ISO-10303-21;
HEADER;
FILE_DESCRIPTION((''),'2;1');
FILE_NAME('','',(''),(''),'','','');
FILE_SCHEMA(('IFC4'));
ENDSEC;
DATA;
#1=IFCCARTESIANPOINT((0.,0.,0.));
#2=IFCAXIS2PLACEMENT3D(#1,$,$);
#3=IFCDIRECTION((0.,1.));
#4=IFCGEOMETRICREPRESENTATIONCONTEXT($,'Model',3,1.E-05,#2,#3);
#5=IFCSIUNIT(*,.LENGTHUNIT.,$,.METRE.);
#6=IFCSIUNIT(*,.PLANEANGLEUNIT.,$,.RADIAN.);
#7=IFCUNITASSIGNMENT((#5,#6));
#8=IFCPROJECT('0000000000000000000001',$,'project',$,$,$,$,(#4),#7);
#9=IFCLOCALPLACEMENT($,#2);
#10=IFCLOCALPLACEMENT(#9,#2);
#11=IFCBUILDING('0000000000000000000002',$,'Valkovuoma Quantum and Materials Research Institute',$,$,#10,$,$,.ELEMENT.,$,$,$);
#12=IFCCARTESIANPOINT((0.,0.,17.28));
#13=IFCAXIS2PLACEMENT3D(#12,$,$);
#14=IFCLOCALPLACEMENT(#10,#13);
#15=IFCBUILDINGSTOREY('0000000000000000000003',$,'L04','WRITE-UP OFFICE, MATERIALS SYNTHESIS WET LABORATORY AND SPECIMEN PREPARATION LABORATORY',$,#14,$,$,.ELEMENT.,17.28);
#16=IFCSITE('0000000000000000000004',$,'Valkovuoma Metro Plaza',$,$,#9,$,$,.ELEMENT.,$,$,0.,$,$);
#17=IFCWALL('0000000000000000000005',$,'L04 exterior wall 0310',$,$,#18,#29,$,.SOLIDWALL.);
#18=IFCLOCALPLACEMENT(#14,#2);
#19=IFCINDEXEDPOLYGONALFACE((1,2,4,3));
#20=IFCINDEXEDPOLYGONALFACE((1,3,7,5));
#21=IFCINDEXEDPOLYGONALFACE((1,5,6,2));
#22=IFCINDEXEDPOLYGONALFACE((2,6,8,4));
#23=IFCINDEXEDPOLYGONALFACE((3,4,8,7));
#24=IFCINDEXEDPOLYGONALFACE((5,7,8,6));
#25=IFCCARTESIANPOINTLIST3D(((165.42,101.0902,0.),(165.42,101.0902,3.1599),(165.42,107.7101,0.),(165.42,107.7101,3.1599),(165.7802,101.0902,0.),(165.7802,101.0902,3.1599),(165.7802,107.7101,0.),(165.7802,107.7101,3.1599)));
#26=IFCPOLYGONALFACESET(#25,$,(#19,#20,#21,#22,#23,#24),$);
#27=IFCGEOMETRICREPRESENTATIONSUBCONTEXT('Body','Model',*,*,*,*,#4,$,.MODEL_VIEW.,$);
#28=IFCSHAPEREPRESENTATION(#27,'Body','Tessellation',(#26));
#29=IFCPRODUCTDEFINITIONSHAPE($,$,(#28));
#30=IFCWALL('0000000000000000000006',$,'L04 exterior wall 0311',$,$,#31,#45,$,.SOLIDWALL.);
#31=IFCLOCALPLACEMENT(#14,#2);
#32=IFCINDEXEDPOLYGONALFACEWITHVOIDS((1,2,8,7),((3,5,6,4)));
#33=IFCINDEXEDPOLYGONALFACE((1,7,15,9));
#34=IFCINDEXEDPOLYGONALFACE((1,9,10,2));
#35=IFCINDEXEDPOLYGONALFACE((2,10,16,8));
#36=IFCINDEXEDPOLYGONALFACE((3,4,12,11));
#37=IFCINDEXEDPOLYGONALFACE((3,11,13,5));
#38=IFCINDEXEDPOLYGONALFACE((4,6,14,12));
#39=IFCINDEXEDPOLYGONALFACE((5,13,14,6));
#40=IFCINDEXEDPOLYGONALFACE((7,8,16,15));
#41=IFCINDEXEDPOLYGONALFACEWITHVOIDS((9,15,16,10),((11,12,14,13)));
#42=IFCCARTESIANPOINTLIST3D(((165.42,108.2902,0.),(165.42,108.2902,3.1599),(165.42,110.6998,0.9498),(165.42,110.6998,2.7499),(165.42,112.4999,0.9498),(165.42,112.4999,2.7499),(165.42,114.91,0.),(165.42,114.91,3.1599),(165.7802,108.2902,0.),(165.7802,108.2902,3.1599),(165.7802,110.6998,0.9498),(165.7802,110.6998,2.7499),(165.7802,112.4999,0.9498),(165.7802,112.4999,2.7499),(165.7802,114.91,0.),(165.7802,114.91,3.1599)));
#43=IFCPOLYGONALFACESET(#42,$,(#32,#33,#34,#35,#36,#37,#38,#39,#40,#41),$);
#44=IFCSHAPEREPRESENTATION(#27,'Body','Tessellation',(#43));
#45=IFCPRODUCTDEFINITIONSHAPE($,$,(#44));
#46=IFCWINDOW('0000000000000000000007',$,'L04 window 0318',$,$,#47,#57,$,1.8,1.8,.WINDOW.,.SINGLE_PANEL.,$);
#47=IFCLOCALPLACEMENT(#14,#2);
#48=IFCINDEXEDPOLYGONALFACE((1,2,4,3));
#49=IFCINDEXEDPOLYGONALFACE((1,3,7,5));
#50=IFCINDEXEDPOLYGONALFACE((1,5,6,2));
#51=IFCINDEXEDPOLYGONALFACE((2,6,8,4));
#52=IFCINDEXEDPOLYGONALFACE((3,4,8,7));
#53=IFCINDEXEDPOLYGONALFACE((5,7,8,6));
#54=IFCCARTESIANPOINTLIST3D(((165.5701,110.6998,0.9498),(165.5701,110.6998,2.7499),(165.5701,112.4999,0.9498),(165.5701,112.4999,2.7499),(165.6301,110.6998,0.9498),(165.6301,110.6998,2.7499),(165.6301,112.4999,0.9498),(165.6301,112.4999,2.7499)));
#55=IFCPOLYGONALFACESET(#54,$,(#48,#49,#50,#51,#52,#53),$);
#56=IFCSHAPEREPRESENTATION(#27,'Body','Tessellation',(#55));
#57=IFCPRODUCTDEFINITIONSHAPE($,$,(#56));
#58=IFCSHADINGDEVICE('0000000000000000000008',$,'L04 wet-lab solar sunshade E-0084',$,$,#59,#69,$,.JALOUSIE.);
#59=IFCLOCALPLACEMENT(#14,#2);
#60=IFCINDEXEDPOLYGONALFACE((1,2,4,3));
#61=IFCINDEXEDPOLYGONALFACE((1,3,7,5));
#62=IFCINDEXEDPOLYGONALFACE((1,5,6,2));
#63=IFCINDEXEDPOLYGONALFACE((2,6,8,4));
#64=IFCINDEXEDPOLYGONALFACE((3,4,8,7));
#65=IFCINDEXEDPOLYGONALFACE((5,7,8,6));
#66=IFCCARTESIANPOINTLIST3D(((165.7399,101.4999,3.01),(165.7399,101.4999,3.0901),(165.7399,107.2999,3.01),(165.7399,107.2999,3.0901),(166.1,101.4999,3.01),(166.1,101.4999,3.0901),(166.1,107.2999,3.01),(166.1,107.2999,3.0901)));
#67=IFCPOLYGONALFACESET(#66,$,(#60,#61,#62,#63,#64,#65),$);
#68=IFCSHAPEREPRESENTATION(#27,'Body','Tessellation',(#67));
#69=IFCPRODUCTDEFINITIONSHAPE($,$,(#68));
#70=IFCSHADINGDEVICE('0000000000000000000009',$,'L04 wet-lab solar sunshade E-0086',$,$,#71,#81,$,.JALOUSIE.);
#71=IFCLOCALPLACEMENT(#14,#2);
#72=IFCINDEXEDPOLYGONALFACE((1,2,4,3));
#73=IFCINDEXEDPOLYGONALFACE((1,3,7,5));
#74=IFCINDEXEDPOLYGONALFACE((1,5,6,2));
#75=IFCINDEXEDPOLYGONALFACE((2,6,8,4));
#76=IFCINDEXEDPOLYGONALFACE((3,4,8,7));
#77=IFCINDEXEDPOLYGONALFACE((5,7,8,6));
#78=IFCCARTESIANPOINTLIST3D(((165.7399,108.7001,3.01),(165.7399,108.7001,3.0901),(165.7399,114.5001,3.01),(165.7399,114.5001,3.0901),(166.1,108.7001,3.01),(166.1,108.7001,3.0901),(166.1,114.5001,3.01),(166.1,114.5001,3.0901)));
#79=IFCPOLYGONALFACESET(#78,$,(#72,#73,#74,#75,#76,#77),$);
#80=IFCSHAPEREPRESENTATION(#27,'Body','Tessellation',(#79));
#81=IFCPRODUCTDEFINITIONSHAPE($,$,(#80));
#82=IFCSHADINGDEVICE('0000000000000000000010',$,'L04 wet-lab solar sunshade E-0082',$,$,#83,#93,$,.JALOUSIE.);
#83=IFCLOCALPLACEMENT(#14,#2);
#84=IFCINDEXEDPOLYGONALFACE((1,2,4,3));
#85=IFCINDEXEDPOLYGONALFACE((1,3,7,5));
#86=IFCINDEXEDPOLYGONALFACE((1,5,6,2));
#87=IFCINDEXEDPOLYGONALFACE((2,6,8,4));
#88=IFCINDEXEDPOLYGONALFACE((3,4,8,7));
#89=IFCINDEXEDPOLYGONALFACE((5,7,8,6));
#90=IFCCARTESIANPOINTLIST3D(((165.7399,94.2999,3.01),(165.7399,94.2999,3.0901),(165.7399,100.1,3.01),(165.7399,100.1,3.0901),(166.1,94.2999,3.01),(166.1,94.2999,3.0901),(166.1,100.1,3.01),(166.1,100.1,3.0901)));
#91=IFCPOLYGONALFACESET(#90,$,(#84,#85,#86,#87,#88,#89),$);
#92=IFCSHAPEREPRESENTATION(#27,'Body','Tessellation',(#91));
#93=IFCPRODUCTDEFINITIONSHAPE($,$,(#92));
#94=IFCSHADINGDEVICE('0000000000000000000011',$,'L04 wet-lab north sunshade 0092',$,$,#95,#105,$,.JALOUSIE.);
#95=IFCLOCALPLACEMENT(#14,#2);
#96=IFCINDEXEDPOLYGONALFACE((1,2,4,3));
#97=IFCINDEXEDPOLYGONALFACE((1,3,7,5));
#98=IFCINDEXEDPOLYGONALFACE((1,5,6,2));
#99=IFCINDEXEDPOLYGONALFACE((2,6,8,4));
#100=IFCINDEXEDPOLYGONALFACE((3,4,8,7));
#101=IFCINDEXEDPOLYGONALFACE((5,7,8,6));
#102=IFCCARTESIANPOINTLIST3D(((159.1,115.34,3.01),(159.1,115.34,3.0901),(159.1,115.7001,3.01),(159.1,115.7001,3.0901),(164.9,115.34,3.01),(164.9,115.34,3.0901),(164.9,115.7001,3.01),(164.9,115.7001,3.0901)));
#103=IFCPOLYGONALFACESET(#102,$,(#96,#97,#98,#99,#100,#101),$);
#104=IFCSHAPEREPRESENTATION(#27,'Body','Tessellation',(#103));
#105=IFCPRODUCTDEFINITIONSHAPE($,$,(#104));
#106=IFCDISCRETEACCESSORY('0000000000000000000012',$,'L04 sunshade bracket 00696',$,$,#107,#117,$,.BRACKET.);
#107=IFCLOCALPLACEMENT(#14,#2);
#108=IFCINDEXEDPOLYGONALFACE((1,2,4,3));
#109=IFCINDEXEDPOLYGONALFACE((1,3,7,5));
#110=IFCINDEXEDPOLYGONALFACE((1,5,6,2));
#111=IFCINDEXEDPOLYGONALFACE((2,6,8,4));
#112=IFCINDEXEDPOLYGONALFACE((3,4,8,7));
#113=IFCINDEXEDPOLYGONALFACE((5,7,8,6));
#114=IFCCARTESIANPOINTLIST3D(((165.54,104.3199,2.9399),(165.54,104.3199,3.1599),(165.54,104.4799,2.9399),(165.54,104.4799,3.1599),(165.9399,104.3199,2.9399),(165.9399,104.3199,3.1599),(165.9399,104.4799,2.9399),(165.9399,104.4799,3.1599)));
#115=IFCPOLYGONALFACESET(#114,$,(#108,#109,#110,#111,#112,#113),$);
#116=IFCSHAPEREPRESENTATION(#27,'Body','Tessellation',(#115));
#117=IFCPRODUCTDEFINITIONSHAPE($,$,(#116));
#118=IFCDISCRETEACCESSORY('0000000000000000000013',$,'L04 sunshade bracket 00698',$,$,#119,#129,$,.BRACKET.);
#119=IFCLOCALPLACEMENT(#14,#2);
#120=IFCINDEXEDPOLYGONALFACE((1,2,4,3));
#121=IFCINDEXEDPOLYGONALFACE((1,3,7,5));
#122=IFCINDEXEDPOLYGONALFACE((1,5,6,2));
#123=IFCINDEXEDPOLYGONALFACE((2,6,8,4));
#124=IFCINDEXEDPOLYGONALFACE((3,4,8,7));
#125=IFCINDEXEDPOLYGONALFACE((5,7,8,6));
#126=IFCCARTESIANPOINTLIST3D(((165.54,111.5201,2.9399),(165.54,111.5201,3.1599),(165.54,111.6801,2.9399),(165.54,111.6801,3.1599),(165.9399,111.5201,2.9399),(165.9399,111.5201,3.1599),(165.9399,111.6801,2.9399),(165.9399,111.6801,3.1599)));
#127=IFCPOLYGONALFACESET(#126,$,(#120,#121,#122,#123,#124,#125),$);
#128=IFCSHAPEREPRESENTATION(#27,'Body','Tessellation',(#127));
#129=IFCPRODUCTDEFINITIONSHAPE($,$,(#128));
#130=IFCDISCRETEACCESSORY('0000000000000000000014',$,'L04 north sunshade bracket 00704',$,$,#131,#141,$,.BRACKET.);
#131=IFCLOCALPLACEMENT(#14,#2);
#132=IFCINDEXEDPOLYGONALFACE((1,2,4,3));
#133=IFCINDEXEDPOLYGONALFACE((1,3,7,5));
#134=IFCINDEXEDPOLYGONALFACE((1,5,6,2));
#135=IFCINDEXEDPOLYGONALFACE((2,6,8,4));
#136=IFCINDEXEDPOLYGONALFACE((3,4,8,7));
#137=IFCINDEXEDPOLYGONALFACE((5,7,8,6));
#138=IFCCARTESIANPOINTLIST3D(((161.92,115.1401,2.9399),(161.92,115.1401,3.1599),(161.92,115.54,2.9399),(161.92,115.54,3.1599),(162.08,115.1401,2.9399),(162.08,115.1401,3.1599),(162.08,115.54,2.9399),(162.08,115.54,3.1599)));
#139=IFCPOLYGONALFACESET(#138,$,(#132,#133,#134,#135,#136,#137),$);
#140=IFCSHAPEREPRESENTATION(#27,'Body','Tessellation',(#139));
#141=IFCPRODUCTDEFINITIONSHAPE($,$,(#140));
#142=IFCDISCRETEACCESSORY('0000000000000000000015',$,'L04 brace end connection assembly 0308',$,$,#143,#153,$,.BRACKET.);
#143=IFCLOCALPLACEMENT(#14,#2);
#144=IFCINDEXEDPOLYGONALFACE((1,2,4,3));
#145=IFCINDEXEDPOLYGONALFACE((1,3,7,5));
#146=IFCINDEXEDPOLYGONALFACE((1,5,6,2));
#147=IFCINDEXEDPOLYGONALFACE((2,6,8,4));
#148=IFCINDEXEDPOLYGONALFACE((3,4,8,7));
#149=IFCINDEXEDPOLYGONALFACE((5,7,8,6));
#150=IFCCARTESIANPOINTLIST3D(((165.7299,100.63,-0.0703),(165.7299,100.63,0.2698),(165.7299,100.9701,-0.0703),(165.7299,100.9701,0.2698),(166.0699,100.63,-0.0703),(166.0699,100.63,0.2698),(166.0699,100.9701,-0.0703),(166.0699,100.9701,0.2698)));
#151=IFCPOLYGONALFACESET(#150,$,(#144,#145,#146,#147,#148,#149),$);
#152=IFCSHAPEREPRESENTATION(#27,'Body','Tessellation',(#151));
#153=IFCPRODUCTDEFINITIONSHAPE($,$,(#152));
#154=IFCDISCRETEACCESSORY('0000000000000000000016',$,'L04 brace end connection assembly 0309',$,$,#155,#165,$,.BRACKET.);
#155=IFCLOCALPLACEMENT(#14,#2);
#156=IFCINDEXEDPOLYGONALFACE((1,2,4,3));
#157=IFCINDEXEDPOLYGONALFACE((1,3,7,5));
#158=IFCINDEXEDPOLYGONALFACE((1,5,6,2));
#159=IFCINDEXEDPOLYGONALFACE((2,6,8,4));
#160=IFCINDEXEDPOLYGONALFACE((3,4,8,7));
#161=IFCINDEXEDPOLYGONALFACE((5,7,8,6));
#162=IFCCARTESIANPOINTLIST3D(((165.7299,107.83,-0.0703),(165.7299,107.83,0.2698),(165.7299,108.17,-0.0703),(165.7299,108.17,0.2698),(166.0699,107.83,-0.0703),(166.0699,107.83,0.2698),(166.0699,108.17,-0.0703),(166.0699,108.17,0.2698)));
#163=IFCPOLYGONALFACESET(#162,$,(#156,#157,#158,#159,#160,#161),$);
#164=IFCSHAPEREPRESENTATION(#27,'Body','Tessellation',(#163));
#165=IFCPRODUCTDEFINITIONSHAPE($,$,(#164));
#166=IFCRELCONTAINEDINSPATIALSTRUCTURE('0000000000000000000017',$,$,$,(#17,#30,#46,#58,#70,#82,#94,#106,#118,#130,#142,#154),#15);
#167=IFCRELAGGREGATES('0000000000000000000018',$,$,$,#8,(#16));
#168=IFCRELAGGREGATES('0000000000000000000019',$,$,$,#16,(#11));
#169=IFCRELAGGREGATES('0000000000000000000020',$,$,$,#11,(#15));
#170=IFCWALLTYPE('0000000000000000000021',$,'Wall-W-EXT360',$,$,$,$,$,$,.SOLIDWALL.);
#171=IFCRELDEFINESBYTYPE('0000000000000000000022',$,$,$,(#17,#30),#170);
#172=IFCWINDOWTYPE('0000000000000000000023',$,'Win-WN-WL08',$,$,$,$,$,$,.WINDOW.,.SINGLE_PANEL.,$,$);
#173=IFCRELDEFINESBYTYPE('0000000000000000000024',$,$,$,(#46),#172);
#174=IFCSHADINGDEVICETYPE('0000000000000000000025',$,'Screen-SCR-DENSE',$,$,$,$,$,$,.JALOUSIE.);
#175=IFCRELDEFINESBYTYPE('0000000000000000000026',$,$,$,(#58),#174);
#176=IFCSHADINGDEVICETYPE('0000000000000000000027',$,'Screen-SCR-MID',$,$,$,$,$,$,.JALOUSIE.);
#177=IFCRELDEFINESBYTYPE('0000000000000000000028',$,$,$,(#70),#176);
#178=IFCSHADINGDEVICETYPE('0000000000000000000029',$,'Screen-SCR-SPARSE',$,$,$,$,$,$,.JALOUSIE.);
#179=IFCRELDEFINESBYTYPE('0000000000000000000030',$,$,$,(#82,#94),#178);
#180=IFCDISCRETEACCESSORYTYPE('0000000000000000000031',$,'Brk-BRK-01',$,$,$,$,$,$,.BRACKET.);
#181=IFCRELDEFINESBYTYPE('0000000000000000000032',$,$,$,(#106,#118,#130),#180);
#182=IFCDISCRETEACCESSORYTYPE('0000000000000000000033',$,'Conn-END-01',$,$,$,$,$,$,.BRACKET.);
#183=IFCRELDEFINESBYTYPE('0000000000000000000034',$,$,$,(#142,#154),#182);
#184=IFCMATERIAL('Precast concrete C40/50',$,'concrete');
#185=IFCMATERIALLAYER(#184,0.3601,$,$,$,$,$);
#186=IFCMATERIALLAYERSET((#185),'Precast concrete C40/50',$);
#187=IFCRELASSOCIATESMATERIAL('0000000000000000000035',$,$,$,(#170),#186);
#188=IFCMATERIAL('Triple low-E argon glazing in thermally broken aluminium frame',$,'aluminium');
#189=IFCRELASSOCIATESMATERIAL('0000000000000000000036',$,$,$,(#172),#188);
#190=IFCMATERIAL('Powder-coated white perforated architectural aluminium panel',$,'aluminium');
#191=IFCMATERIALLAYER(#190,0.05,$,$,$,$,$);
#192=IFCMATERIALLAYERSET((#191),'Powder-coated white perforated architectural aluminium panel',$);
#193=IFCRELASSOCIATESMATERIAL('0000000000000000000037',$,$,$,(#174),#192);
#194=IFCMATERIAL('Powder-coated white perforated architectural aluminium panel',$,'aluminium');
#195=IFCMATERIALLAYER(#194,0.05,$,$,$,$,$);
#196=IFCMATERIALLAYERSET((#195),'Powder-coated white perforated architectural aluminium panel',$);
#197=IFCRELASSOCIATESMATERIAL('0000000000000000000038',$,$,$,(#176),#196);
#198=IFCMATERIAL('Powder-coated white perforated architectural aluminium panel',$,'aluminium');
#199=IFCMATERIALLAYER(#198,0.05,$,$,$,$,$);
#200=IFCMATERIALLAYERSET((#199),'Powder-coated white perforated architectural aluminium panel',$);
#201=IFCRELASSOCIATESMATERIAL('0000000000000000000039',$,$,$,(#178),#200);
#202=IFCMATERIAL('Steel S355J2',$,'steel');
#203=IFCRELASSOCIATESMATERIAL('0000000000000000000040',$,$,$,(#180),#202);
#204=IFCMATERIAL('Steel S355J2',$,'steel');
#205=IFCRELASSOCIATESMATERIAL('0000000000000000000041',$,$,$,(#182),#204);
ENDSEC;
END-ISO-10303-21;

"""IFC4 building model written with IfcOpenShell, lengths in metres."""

from ifc_helpers import new_model, si_unit, direction, frame, frame_2d, origin, origin_2d, place, context, subcontext, project, spatial, rectangle, extrude, material, layer, layer_set, type_object, element, fill, save


model = new_model("IFC4")

# Units and contexts
model_context = context("Model", 3, precision=1e-05, world=origin(), true_north=direction((0.0, 1.0)))
body_context = subcontext(model_context, "Body", "Model", "MODEL_VIEW")
ifc_project = project(units=[si_unit("LENGTHUNIT", "METRE"), si_unit("PLANEANGLEUNIT", "RADIAN")], contexts=[model_context])

# Site, building, storey
site_placement = place(None, origin())
site = spatial("IfcSite", under=ifc_project, at=site_placement, Name="Valkovuoma Metro Plaza", CompositionType="ELEMENT", RefElevation=0.0)
building_placement = place(site_placement, origin())
building = spatial("IfcBuilding", under=site, at=building_placement, Name="Valkovuoma Quantum and Materials Research Institute", CompositionType="ELEMENT")
storey_placement = place(building_placement, frame((0.0, 0.0, 17.28)))
storey = spatial("IfcBuildingStorey", under=building, at=storey_placement, Name="L04", Description="WRITE-UP OFFICE, MATERIALS SYNTHESIS WET LABORATORY AND SPECIMEN PREPARATION LABORATORY", CompositionType="ELEMENT", Elevation=17.28)

# Wall
ifc_material_1 = material(Name="Precast concrete C40/50", Category="concrete")
ifc_layer_1 = layer(ifc_material_1, 0.3601)
ifc_layer_set_1 = layer_set([ifc_layer_1], Name="Precast concrete C40/50")
wall_type_1 = type_object("IfcWallType", Name="Wall-W-EXT360", PredefinedType="SOLIDWALL", material=ifc_layer_set_1)
wall_1_placement = place(storey_placement, frame((165.6001, 101.0901, 0.0), z_axis=(0.0, 0.0, 1.0), x_axis=(0.0, 1.0, 0.0)))
element("IfcWall", 1, at=wall_1_placement, inside=storey, type_object=wall_type_1, Name="L04 exterior wall 0310", PredefinedType="SOLIDWALL", context=body_context, shape_type="SweptSolid", body=[
    extrude(rectangle(XDim=6.6199, YDim=0.3601, at=frame_2d((3.3101, 0.0))), origin(), (0.0, 0.0, 1.0), 3.1599),
])

# Wall, opening, window
wall_2_placement = place(storey_placement, frame((165.6001, 108.29, 0.0), z_axis=(0.0, 0.0, 1.0), x_axis=(0.0, 1.0, 0.0)))
wall_2 = element("IfcWall", 2, at=wall_2_placement, inside=storey, type_object=wall_type_1, Name="L04 exterior wall 0311", PredefinedType="SOLIDWALL", context=body_context, shape_type="SweptSolid", body=[
    extrude(rectangle(XDim=6.6199, YDim=0.3601, at=frame_2d((3.3101, 0.0))), origin(), (0.0, 0.0, 1.0), 3.1599),
])
opening_1_placement = place(wall_2_placement, frame((2.4099, 0.0, 0.95)))
opening_1 = element("IfcOpeningElement", 3, at=opening_1_placement, cuts=wall_2, PredefinedType="OPENING", context=body_context, shape_type="SweptSolid", body=[
    extrude(rectangle(XDim=1.8, YDim=1.8, at=frame_2d((0.8999, 0.8999))), frame((0.0, 0.1899, 0.0), z_axis=(0.0, -1.0, 0.0), x_axis=(1.0, 0.0, 0.0)), (0.0, 0.0, 1.0), 0.3801),
])
ifc_material_2 = material(Name="Triple low-E argon glazing in thermally broken aluminium frame", Category="aluminium")
window_type_1 = type_object("IfcWindowType", Name="Win-WN-WL08", PartitioningType="SINGLE_PANEL", PredefinedType="WINDOW", material=ifc_material_2)
window_1_placement = place(opening_1_placement, origin())
window_1 = element("IfcWindow", 4, at=window_1_placement, inside=storey, type_object=window_type_1, Name="L04 window 0318", OverallHeight=1.8, OverallWidth=1.8, PartitioningType="SINGLE_PANEL", PredefinedType="WINDOW", context=body_context, shape_type="SweptSolid", body=[
    extrude(rectangle(XDim=1.8, YDim=1.8, at=frame_2d((0.8999, 0.8999))), frame((0.0, 0.03, 0.0), z_axis=(0.0, -1.0, 0.0), x_axis=(1.0, 0.0, 0.0)), (0.0, 0.0, 1.0), 0.0601),
])
fill(opening_1, window_1)

# Shading devices
ifc_material_3 = material(Name="Powder-coated white perforated architectural aluminium panel", Category="aluminium")
ifc_layer_2 = layer(ifc_material_3, 0.05)
ifc_layer_set_2 = layer_set([ifc_layer_2], Name="Powder-coated white perforated architectural aluminium panel")
shading_device_type_1 = type_object("IfcShadingDeviceType", Name="Screen-SCR-DENSE", PredefinedType="JALOUSIE", material=ifc_layer_set_2)
shading_device_1_placement = place(storey_placement, frame((165.9199, 104.3999, 3.01), z_axis=(0.0, 0.0, 1.0), x_axis=(1.0, 0.0, 0.0)))
element("IfcShadingDevice", 5, at=shading_device_1_placement, inside=storey, type_object=shading_device_type_1, Name="L04 wet-lab solar sunshade E-0084", PredefinedType="JALOUSIE", context=body_context, shape_type="SweptSolid", body=[
    extrude(rectangle(XDim=0.3601, YDim=5.8, at=origin_2d()), origin(), (0.0, 0.0, 1.0), 0.0801),
])
ifc_material_4 = material(Name="Powder-coated white perforated architectural aluminium panel", Category="aluminium")
ifc_layer_3 = layer(ifc_material_4, 0.05)
ifc_layer_set_3 = layer_set([ifc_layer_3], Name="Powder-coated white perforated architectural aluminium panel")
shading_device_type_2 = type_object("IfcShadingDeviceType", Name="Screen-SCR-MID", PredefinedType="JALOUSIE", material=ifc_layer_set_3)
shading_device_2_placement = place(storey_placement, frame((165.9199, 111.6001, 3.01), z_axis=(0.0, 0.0, 1.0), x_axis=(1.0, 0.0, 0.0)))
element("IfcShadingDevice", 6, at=shading_device_2_placement, inside=storey, type_object=shading_device_type_2, Name="L04 wet-lab solar sunshade E-0086", PredefinedType="JALOUSIE", context=body_context, shape_type="SweptSolid", body=[
    extrude(rectangle(XDim=0.3601, YDim=5.8, at=origin_2d()), origin(), (0.0, 0.0, 1.0), 0.0801),
])
ifc_material_5 = material(Name="Powder-coated white perforated architectural aluminium panel", Category="aluminium")
ifc_layer_4 = layer(ifc_material_5, 0.05)
ifc_layer_set_4 = layer_set([ifc_layer_4], Name="Powder-coated white perforated architectural aluminium panel")
shading_device_type_3 = type_object("IfcShadingDeviceType", Name="Screen-SCR-SPARSE", PredefinedType="JALOUSIE", material=ifc_layer_set_4)
shading_device_3_placement = place(storey_placement, frame((165.9199, 97.2, 3.01), z_axis=(0.0, 0.0, 1.0), x_axis=(1.0, 0.0, 0.0)))
element("IfcShadingDevice", 7, at=shading_device_3_placement, inside=storey, type_object=shading_device_type_3, Name="L04 wet-lab solar sunshade E-0082", PredefinedType="JALOUSIE", context=body_context, shape_type="SweptSolid", body=[
    extrude(rectangle(XDim=0.3601, YDim=5.8, at=origin_2d()), origin(), (0.0, 0.0, 1.0), 0.0801),
])
shading_device_4_placement = place(storey_placement, frame((162.0, 115.52, 3.01), z_axis=(0.0, 0.0, 1.0), x_axis=(1.0, 0.0, 0.0)))
element("IfcShadingDevice", 8, at=shading_device_4_placement, inside=storey, type_object=shading_device_type_3, Name="L04 wet-lab north sunshade 0092", PredefinedType="JALOUSIE", context=body_context, shape_type="SweptSolid", body=[
    extrude(rectangle(XDim=5.8, YDim=0.3601, at=origin_2d()), origin(), (0.0, 0.0, 1.0), 0.0801),
])

# Discrete accessories
ifc_material_6 = material(Name="Steel S355J2", Category="steel")
discrete_accessory_type_1 = type_object("IfcDiscreteAccessoryType", Name="Brk-BRK-01", PredefinedType="BRACKET", material=ifc_material_6)
for number, where, z_axis, x_axis, name in (
    (9, (165.74, 104.3999, 2.9399), (0.0, 0.0, 1.0), (1.0, 0.0, 0.0), "L04 sunshade bracket 00696"),
    (10, (165.74, 111.6001, 2.9399), (0.0, 0.0, 1.0), (1.0, 0.0, 0.0), "L04 sunshade bracket 00698"),
):
    element("IfcDiscreteAccessory", number, at=place(storey_placement, frame(where, z_axis=z_axis, x_axis=x_axis)), inside=storey, type_object=discrete_accessory_type_1, Name=name, PredefinedType="BRACKET", context=body_context, shape_type="SweptSolid", body=[
        extrude(rectangle(XDim=0.3999, YDim=0.1599, at=origin_2d()), origin(), (0.0, 0.0, 1.0), 0.22),
    ])
discrete_accessory_placement = place(storey_placement, frame((162.0, 115.3401, 2.9399), z_axis=(0.0, 0.0, 1.0), x_axis=(1.0, 0.0, 0.0)))
element("IfcDiscreteAccessory", 11, at=discrete_accessory_placement, inside=storey, type_object=discrete_accessory_type_1, Name="L04 north sunshade bracket 00704", PredefinedType="BRACKET", context=body_context, shape_type="SweptSolid", body=[
    extrude(rectangle(XDim=0.1599, YDim=0.3999, at=origin_2d()), origin(), (0.0, 0.0, 1.0), 0.22),
])
ifc_material_7 = material(Name="Steel S355J2", Category="steel")
discrete_accessory_type_2 = type_object("IfcDiscreteAccessoryType", Name="Conn-END-01", PredefinedType="BRACKET", material=ifc_material_7)
for number, where, z_axis, x_axis, name in (
    (12, (165.8999, 100.8, -0.0703), (0.0, 0.0, 1.0), (1.0, 0.0, 0.0), "L04 brace end connection assembly 0308"),
    (13, (165.8999, 108.0, -0.0703), (0.0, 0.0, 1.0), (1.0, 0.0, 0.0), "L04 brace end connection assembly 0309"),
):
    element("IfcDiscreteAccessory", number, at=place(storey_placement, frame(where, z_axis=z_axis, x_axis=x_axis)), inside=storey, type_object=discrete_accessory_type_2, Name=name, PredefinedType="BRACKET", context=body_context, shape_type="SweptSolid", body=[
        extrude(rectangle(XDim=0.3401, YDim=0.3401, at=origin_2d()), origin(), (0.0, 0.0, 1.0), 0.3401),
    ])

save(model, "model.ifc")
